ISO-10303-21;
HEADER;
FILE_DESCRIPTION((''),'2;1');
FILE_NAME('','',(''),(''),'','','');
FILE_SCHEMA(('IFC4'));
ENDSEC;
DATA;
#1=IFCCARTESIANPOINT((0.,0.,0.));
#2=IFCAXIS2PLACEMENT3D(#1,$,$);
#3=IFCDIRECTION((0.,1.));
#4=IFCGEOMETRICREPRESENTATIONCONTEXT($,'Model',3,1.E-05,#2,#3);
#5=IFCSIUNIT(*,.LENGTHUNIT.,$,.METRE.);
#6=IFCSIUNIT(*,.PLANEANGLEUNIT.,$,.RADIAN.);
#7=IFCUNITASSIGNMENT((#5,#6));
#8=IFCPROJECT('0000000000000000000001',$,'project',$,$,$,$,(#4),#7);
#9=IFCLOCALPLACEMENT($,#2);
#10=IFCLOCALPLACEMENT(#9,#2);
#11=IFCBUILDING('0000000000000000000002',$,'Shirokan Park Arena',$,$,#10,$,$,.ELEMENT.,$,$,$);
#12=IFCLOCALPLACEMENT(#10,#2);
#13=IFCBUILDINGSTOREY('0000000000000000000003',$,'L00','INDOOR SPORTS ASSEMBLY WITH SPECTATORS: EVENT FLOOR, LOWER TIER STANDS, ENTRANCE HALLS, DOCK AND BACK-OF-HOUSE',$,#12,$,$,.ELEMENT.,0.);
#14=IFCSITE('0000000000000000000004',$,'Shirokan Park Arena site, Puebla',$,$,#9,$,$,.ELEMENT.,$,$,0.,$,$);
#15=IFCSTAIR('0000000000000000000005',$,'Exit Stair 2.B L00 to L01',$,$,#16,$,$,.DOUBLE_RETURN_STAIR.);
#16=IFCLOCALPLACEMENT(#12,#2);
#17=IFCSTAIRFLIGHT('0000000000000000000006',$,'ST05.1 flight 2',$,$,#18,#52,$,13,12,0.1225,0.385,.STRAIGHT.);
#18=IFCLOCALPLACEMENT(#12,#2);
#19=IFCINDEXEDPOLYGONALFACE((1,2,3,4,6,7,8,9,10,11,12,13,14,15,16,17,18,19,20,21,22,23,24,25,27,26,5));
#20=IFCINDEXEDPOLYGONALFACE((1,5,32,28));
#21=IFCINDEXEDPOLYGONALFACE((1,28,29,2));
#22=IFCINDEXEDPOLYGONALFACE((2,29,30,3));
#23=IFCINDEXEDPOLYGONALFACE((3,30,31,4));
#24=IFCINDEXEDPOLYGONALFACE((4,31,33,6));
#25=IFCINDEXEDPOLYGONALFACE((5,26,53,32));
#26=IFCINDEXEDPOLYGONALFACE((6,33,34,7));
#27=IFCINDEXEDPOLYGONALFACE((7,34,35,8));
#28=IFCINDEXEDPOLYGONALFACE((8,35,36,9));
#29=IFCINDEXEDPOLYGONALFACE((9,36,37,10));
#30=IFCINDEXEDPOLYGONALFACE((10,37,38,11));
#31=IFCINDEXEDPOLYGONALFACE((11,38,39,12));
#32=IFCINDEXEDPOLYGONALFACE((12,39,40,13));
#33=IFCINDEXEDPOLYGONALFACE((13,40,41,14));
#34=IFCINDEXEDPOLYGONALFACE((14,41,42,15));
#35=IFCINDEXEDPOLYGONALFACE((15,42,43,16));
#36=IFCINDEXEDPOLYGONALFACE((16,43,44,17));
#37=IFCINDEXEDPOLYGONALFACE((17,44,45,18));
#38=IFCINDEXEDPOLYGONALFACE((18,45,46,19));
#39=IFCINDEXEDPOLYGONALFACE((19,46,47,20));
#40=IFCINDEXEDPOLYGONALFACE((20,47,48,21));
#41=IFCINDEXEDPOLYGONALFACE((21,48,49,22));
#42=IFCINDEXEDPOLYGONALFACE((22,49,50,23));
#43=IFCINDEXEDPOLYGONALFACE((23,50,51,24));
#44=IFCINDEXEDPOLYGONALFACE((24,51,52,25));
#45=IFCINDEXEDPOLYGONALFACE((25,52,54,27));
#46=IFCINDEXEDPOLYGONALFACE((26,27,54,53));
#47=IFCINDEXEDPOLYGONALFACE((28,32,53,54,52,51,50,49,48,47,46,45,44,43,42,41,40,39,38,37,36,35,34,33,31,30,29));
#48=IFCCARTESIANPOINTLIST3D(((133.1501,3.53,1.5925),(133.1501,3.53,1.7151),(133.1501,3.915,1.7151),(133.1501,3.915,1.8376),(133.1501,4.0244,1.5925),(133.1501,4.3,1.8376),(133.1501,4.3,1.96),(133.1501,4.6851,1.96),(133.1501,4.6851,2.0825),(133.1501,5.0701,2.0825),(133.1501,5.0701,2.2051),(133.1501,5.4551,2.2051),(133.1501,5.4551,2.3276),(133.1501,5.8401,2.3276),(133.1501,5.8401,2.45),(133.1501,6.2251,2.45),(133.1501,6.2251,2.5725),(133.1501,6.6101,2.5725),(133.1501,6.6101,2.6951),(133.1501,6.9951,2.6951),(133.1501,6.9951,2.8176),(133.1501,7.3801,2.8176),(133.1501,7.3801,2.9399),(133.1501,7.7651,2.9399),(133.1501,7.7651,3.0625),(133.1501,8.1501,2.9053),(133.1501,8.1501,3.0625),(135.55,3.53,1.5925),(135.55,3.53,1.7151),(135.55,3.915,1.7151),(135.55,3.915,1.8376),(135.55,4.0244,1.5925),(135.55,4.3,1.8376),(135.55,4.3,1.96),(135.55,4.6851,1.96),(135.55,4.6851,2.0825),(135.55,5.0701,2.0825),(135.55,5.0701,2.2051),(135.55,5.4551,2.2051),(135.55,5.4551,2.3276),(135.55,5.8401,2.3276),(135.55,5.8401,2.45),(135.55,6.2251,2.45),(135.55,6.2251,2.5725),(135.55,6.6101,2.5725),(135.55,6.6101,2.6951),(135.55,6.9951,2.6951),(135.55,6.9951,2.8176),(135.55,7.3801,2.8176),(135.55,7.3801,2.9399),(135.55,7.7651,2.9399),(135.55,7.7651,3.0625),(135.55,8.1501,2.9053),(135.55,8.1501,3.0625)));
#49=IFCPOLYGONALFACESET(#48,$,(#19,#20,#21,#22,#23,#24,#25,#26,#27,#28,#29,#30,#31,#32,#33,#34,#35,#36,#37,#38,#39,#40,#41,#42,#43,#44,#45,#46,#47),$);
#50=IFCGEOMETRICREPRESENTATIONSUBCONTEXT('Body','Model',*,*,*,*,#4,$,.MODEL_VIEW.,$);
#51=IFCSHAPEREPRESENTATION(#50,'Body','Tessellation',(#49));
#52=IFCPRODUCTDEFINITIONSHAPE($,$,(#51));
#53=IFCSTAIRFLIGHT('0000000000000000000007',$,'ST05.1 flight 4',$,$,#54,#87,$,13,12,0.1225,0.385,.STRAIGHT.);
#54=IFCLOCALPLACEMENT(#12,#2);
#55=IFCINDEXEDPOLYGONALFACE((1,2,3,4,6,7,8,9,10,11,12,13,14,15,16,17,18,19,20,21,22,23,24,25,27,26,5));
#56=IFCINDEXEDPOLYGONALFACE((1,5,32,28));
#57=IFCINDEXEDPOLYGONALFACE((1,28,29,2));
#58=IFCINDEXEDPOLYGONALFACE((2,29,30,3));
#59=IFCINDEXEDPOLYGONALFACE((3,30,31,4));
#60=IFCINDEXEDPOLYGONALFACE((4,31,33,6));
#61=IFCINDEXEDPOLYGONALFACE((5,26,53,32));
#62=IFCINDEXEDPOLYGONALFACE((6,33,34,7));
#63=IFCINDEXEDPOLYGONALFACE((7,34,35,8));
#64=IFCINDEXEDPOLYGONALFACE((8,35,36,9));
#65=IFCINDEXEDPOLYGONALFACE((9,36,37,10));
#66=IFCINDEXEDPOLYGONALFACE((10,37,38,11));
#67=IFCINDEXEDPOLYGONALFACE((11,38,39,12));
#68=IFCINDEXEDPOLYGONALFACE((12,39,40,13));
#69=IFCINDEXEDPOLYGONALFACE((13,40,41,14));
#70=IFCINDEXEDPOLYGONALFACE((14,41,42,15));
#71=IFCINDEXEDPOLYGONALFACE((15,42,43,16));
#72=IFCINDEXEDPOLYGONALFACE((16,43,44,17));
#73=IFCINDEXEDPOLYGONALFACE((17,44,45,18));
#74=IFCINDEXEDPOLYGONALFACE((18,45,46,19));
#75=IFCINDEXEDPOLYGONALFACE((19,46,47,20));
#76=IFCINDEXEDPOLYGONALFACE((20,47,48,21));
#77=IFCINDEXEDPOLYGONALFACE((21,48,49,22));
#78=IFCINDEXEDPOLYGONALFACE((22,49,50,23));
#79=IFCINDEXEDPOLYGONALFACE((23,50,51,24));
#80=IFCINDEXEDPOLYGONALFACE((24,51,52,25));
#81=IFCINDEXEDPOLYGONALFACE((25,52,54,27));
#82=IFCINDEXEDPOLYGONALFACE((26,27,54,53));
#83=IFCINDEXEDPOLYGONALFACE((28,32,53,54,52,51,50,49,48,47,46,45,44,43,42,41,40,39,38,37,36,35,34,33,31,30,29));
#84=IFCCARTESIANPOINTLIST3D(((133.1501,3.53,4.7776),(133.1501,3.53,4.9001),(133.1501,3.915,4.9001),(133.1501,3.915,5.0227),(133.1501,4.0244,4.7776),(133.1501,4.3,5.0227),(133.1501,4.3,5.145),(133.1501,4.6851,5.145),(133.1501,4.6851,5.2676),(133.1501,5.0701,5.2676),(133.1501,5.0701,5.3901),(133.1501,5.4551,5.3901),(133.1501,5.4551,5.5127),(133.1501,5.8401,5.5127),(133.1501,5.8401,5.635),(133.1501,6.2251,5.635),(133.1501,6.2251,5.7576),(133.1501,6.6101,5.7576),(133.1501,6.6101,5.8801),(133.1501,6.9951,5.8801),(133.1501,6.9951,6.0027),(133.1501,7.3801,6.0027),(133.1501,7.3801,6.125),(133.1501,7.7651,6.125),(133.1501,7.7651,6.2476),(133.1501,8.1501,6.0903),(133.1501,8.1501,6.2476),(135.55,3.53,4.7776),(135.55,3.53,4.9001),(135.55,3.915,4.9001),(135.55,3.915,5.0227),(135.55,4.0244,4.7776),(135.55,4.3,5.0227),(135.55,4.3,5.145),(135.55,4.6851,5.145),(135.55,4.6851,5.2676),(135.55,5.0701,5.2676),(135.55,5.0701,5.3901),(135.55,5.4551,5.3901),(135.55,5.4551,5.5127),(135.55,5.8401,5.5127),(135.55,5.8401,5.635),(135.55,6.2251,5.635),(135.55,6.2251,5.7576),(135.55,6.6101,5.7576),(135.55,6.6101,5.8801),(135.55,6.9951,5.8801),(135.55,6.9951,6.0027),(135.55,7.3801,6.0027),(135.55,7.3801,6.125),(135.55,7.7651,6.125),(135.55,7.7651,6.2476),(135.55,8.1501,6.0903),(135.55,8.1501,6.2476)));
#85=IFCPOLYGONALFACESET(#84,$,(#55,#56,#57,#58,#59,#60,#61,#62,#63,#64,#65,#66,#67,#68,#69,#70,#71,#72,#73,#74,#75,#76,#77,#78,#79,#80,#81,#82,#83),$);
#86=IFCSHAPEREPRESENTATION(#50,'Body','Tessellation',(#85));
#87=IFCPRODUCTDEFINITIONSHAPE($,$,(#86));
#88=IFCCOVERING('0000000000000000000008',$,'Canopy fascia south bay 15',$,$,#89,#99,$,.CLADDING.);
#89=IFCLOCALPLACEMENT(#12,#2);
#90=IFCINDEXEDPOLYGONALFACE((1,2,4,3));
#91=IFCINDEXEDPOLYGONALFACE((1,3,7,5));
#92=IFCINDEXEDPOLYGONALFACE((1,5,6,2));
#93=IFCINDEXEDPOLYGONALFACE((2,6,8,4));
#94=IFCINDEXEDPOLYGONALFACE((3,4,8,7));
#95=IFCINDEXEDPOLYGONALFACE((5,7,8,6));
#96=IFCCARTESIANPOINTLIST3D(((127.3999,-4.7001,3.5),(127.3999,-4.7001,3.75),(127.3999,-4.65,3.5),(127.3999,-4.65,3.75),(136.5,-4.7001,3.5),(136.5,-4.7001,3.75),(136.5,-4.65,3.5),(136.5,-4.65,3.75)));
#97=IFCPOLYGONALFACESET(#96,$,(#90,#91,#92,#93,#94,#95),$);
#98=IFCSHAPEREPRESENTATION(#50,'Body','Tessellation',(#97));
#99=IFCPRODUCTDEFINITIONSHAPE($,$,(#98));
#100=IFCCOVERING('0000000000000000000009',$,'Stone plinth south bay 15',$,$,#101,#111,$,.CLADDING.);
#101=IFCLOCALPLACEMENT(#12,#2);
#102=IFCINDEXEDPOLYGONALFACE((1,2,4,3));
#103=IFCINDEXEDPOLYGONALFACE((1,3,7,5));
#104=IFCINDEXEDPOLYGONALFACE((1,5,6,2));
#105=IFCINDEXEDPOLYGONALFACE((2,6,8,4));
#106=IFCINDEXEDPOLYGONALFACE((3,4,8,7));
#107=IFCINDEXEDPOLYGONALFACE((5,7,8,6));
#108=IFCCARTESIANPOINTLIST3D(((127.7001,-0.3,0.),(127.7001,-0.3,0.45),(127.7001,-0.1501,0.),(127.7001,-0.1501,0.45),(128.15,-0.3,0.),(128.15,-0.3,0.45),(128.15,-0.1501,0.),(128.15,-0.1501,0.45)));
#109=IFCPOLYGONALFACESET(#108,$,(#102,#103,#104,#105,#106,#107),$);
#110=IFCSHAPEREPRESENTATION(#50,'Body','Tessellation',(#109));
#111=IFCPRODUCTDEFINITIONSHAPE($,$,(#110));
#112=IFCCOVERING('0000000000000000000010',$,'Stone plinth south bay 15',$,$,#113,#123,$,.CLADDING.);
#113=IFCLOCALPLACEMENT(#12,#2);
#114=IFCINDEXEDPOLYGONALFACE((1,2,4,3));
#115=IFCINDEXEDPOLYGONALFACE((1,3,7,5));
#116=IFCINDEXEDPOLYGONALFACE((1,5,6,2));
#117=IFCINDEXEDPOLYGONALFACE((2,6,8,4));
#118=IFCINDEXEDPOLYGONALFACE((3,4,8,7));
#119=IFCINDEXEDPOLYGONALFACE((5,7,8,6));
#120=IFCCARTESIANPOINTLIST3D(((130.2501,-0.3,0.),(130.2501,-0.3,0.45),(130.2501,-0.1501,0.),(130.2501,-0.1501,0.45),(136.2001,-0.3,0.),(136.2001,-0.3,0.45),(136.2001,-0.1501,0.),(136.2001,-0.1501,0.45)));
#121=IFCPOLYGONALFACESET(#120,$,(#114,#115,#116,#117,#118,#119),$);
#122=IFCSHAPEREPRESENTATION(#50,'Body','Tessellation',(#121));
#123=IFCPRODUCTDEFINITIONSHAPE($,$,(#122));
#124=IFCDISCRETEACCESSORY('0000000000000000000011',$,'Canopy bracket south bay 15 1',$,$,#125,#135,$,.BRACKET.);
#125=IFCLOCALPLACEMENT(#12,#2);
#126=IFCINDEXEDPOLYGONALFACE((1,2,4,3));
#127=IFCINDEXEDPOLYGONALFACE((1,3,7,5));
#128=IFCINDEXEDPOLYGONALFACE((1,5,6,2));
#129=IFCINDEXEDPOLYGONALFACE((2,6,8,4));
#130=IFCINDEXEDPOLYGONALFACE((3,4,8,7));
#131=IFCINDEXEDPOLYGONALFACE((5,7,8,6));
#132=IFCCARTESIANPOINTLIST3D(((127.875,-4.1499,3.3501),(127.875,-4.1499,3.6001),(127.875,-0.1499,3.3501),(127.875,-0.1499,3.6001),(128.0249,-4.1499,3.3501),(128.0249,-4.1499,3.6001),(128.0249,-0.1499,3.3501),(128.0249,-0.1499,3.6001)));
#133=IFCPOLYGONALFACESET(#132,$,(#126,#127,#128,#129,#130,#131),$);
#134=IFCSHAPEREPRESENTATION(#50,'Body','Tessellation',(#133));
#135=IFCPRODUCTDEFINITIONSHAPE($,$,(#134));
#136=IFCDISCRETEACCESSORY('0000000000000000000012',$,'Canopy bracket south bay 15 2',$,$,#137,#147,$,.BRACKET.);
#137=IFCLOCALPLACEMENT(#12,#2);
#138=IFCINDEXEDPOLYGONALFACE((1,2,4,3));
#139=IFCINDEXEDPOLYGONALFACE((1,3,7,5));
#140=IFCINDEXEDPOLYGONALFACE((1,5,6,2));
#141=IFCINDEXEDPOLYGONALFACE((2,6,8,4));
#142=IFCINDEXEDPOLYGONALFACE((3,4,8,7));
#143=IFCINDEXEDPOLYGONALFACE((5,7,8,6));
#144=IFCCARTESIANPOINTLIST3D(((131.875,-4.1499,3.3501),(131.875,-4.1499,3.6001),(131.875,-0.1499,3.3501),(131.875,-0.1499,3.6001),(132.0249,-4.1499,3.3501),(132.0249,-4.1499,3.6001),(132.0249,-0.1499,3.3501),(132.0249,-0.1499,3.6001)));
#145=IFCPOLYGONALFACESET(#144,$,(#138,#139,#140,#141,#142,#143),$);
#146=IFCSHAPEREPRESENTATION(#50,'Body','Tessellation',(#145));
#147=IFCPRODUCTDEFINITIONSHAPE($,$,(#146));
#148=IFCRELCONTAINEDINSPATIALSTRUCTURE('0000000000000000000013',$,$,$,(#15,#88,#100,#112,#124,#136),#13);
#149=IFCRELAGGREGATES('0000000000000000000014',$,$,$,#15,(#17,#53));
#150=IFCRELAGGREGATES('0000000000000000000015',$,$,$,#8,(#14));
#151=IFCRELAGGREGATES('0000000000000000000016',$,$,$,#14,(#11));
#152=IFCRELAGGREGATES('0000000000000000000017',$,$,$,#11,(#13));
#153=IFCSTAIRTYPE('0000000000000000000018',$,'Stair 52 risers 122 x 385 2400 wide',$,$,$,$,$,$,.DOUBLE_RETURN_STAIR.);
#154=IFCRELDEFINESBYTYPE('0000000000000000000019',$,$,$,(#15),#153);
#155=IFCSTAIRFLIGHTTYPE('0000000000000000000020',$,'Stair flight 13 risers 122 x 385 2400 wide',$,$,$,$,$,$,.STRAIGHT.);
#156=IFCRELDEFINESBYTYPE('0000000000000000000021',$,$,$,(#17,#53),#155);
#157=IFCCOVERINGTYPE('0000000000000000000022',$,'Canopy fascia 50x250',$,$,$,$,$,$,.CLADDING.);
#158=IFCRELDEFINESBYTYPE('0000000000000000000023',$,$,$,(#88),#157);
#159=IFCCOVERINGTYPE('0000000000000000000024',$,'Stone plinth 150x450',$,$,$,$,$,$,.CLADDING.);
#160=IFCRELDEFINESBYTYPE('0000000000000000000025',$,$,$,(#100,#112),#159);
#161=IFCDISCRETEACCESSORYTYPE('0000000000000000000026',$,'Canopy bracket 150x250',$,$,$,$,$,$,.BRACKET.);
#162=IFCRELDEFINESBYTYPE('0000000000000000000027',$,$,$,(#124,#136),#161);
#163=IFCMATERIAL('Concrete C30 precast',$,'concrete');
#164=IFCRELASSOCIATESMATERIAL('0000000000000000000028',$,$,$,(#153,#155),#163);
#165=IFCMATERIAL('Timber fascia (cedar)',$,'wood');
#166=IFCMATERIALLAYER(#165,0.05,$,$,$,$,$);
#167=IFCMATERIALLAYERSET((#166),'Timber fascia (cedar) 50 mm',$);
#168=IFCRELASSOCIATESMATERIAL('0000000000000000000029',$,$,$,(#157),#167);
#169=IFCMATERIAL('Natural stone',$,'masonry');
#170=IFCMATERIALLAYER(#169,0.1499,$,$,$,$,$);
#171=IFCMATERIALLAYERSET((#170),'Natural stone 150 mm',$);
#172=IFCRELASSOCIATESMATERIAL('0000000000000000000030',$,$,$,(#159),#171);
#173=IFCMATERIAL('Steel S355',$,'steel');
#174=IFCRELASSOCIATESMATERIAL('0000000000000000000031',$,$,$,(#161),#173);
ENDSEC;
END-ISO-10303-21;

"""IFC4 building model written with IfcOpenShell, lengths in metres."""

from ifc_helpers import new_model, si_unit, direction, frame, origin, origin_2d, place, context, subcontext, project, spatial, polyline, rectangle, outline, extrude, material, layer, layer_set, type_object, element, aggregate, save


model = new_model("IFC4")

# Units and contexts
model_context = context("Model", 3, precision=1e-05, world=origin(), true_north=direction((0.0, 1.0)))
body_context = subcontext(model_context, "Body", "Model", "MODEL_VIEW")
ifc_project = project(units=[si_unit("LENGTHUNIT", "METRE"), si_unit("PLANEANGLEUNIT", "RADIAN")], contexts=[model_context])

# Site, building, storey
site_placement = place(None, origin())
site = spatial("IfcSite", under=ifc_project, at=site_placement, Name="Shirokan Park Arena site, Puebla", CompositionType="ELEMENT", RefElevation=0.0)
building_placement = place(site_placement, origin())
building = spatial("IfcBuilding", under=site, at=building_placement, Name="Shirokan Park Arena", CompositionType="ELEMENT")
storey_placement = place(building_placement, origin())
storey = spatial("IfcBuildingStorey", under=building, at=storey_placement, Name="L00", Description="INDOOR SPORTS ASSEMBLY WITH SPECTATORS: EVENT FLOOR, LOWER TIER STANDS, ENTRANCE HALLS, DOCK AND BACK-OF-HOUSE", CompositionType="ELEMENT", Elevation=0.0)

# Shared definitions
ifc_material_1 = material(Name="Steel S355", Category="steel")

# Stair, stair flights
ifc_material_2 = material(Name="Concrete C30 precast", Category="concrete")
stair_type = type_object("IfcStairType", Name="Stair 52 risers 122 x 385 2400 wide", PredefinedType="DOUBLE_RETURN_STAIR", material=ifc_material_2)
stair_placement = place(storey_placement, origin())
stair = element("IfcStair", 1, at=stair_placement, inside=storey, type_object=stair_type, Name="Exit Stair 2.B L00 to L01", PredefinedType="DOUBLE_RETURN_STAIR")
stair_flight_type = type_object("IfcStairFlightType", Name="Stair flight 13 risers 122 x 385 2400 wide", PredefinedType="STRAIGHT", material=ifc_material_2)
stair_flight_1_placement = place(storey_placement, frame((134.3501, 3.53, 1.5925), z_axis=(0.0, 0.0, 1.0), x_axis=(0.0, 1.0, 0.0)))
stair_flight_1 = element("IfcStairFlight", 2, at=stair_flight_1_placement, type_object=stair_flight_type, Name="ST05.1 flight 2", NumberOfRisers=13, NumberOfTreads=12, PredefinedType="STRAIGHT", RiserHeight=0.1225, TreadLength=0.385, context=body_context, shape_type="SweptSolid", body=[
    extrude(outline(polyline([(0.0, 0.0), (0.0, 0.1226), (0.385, 0.1226), (0.385, 0.2451), (0.77, 0.2451), (0.77, 0.3674), (1.155, 0.3674), (1.155, 0.49), (1.54, 0.49), (1.54, 0.6125), (1.925, 0.6125), (1.925, 0.7351), (2.3101, 0.7351), (2.3101, 0.8574), (2.6951, 0.8574), (2.6951, 0.98), (3.0801, 0.98), (3.0801, 1.1025), (3.4651, 1.1025), (3.4651, 1.2251), (3.8501, 1.2251), (3.8501, 1.3474), (4.2351, 1.3474), (4.2351, 1.47), (4.6201, 1.47), (4.6201, 1.5925), (4.6201, 1.3127), (0.4944, 0.0), (0.0, 0.0)])), frame((0.0, 1.2, 0.0), z_axis=(0.0, -1.0, 0.0), x_axis=(1.0, 0.0, 0.0)), (0.0, 0.0, 1.0), 2.3999),
])
stair_flight_2_placement = place(storey_placement, frame((134.3501, 3.53, 4.7776), z_axis=(0.0, 0.0, 1.0), x_axis=(0.0, 1.0, 0.0)))
stair_flight_2 = element("IfcStairFlight", 3, at=stair_flight_2_placement, type_object=stair_flight_type, Name="ST05.1 flight 4", NumberOfRisers=13, NumberOfTreads=12, PredefinedType="STRAIGHT", RiserHeight=0.1225, TreadLength=0.385, context=body_context, shape_type="SweptSolid", body=[
    extrude(outline(polyline([(0.0, 0.0), (0.0, 0.1226), (0.385, 0.1226), (0.385, 0.2451), (0.77, 0.2451), (0.77, 0.3674), (1.155, 0.3674), (1.155, 0.49), (1.54, 0.49), (1.54, 0.6125), (1.925, 0.6125), (1.925, 0.7351), (2.3101, 0.7351), (2.3101, 0.8574), (2.6951, 0.8574), (2.6951, 0.98), (3.0801, 0.98), (3.0801, 1.1025), (3.4651, 1.1025), (3.4651, 1.2251), (3.8501, 1.2251), (3.8501, 1.3474), (4.2351, 1.3474), (4.2351, 1.47), (4.6201, 1.47), (4.6201, 1.5925), (4.6201, 1.3127), (0.4944, 0.0), (0.0, 0.0)])), frame((0.0, 1.2, 0.0), z_axis=(0.0, -1.0, 0.0), x_axis=(1.0, 0.0, 0.0)), (0.0, 0.0, 1.0), 2.3999),
])
aggregate(stair, [stair_flight_1, stair_flight_2])

# Covering
ifc_material_3 = material(Name="Timber fascia (cedar)", Category="wood")
ifc_layer_1 = layer(ifc_material_3, 0.05)
ifc_layer_set_1 = layer_set([ifc_layer_1], Name="Timber fascia (cedar) 50 mm")
covering_type_1 = type_object("IfcCoveringType", Name="Canopy fascia 50x250", PredefinedType="CLADDING", material=ifc_layer_set_1)
covering_1_placement = place(storey_placement, frame((131.95, -4.675, 3.5), z_axis=(0.0, 0.0, 1.0), x_axis=(1.0, 0.0, 0.0)))
element("IfcCovering", 4, at=covering_1_placement, inside=storey, type_object=covering_type_1, Name="Canopy fascia south bay 15", PredefinedType="CLADDING", context=body_context, shape_type="SweptSolid", body=[
    extrude(rectangle(XDim=9.1001, YDim=0.05, at=origin_2d()), origin(), (0.0, 0.0, 1.0), 0.25),
])

# Coverings
ifc_material_4 = material(Name="Natural stone", Category="masonry")
ifc_layer_2 = layer(ifc_material_4, 0.1499)
ifc_layer_set_2 = layer_set([ifc_layer_2], Name="Natural stone 150 mm")
covering_type_2 = type_object("IfcCoveringType", Name="Stone plinth 150x450", PredefinedType="CLADDING", material=ifc_layer_set_2)
covering_2_placement = place(storey_placement, frame((127.925, -0.2251, 0.0), z_axis=(0.0, 0.0, 1.0), x_axis=(1.0, 0.0, 0.0)))
element("IfcCovering", 5, at=covering_2_placement, inside=storey, type_object=covering_type_2, Name="Stone plinth south bay 15", PredefinedType="CLADDING", context=body_context, shape_type="SweptSolid", body=[
    extrude(rectangle(XDim=0.45, YDim=0.1499, at=origin_2d()), origin(), (0.0, 0.0, 1.0), 0.45),
])
covering_3_placement = place(storey_placement, frame((133.2251, -0.2251, 0.0), z_axis=(0.0, 0.0, 1.0), x_axis=(1.0, 0.0, 0.0)))
element("IfcCovering", 6, at=covering_3_placement, inside=storey, type_object=covering_type_2, Name="Stone plinth south bay 15", PredefinedType="CLADDING", context=body_context, shape_type="SweptSolid", body=[
    extrude(rectangle(XDim=5.95, YDim=0.1499, at=origin_2d()), origin(), (0.0, 0.0, 1.0), 0.45),
])

# Discrete accessories
discrete_accessory_type = type_object("IfcDiscreteAccessoryType", Name="Canopy bracket 150x250", PredefinedType="BRACKET", material=ifc_material_1)
for number, where, z_axis, x_axis, name in (
    (7, (127.95, -2.1499, 3.3501), (0.0, 0.0, 1.0), (1.0, 0.0, 0.0), "Canopy bracket south bay 15 1"),
    (8, (131.95, -2.1499, 3.3501), (0.0, 0.0, 1.0), (1.0, 0.0, 0.0), "Canopy bracket south bay 15 2"),
):
    element("IfcDiscreteAccessory", number, at=place(storey_placement, frame(where, z_axis=z_axis, x_axis=x_axis)), inside=storey, type_object=discrete_accessory_type, Name=name, PredefinedType="BRACKET", context=body_context, shape_type="SweptSolid", body=[
        extrude(rectangle(XDim=0.1499, YDim=4.0, at=origin_2d()), origin(), (0.0, 0.0, 1.0), 0.25),
    ])

save(model, "model.ifc")
